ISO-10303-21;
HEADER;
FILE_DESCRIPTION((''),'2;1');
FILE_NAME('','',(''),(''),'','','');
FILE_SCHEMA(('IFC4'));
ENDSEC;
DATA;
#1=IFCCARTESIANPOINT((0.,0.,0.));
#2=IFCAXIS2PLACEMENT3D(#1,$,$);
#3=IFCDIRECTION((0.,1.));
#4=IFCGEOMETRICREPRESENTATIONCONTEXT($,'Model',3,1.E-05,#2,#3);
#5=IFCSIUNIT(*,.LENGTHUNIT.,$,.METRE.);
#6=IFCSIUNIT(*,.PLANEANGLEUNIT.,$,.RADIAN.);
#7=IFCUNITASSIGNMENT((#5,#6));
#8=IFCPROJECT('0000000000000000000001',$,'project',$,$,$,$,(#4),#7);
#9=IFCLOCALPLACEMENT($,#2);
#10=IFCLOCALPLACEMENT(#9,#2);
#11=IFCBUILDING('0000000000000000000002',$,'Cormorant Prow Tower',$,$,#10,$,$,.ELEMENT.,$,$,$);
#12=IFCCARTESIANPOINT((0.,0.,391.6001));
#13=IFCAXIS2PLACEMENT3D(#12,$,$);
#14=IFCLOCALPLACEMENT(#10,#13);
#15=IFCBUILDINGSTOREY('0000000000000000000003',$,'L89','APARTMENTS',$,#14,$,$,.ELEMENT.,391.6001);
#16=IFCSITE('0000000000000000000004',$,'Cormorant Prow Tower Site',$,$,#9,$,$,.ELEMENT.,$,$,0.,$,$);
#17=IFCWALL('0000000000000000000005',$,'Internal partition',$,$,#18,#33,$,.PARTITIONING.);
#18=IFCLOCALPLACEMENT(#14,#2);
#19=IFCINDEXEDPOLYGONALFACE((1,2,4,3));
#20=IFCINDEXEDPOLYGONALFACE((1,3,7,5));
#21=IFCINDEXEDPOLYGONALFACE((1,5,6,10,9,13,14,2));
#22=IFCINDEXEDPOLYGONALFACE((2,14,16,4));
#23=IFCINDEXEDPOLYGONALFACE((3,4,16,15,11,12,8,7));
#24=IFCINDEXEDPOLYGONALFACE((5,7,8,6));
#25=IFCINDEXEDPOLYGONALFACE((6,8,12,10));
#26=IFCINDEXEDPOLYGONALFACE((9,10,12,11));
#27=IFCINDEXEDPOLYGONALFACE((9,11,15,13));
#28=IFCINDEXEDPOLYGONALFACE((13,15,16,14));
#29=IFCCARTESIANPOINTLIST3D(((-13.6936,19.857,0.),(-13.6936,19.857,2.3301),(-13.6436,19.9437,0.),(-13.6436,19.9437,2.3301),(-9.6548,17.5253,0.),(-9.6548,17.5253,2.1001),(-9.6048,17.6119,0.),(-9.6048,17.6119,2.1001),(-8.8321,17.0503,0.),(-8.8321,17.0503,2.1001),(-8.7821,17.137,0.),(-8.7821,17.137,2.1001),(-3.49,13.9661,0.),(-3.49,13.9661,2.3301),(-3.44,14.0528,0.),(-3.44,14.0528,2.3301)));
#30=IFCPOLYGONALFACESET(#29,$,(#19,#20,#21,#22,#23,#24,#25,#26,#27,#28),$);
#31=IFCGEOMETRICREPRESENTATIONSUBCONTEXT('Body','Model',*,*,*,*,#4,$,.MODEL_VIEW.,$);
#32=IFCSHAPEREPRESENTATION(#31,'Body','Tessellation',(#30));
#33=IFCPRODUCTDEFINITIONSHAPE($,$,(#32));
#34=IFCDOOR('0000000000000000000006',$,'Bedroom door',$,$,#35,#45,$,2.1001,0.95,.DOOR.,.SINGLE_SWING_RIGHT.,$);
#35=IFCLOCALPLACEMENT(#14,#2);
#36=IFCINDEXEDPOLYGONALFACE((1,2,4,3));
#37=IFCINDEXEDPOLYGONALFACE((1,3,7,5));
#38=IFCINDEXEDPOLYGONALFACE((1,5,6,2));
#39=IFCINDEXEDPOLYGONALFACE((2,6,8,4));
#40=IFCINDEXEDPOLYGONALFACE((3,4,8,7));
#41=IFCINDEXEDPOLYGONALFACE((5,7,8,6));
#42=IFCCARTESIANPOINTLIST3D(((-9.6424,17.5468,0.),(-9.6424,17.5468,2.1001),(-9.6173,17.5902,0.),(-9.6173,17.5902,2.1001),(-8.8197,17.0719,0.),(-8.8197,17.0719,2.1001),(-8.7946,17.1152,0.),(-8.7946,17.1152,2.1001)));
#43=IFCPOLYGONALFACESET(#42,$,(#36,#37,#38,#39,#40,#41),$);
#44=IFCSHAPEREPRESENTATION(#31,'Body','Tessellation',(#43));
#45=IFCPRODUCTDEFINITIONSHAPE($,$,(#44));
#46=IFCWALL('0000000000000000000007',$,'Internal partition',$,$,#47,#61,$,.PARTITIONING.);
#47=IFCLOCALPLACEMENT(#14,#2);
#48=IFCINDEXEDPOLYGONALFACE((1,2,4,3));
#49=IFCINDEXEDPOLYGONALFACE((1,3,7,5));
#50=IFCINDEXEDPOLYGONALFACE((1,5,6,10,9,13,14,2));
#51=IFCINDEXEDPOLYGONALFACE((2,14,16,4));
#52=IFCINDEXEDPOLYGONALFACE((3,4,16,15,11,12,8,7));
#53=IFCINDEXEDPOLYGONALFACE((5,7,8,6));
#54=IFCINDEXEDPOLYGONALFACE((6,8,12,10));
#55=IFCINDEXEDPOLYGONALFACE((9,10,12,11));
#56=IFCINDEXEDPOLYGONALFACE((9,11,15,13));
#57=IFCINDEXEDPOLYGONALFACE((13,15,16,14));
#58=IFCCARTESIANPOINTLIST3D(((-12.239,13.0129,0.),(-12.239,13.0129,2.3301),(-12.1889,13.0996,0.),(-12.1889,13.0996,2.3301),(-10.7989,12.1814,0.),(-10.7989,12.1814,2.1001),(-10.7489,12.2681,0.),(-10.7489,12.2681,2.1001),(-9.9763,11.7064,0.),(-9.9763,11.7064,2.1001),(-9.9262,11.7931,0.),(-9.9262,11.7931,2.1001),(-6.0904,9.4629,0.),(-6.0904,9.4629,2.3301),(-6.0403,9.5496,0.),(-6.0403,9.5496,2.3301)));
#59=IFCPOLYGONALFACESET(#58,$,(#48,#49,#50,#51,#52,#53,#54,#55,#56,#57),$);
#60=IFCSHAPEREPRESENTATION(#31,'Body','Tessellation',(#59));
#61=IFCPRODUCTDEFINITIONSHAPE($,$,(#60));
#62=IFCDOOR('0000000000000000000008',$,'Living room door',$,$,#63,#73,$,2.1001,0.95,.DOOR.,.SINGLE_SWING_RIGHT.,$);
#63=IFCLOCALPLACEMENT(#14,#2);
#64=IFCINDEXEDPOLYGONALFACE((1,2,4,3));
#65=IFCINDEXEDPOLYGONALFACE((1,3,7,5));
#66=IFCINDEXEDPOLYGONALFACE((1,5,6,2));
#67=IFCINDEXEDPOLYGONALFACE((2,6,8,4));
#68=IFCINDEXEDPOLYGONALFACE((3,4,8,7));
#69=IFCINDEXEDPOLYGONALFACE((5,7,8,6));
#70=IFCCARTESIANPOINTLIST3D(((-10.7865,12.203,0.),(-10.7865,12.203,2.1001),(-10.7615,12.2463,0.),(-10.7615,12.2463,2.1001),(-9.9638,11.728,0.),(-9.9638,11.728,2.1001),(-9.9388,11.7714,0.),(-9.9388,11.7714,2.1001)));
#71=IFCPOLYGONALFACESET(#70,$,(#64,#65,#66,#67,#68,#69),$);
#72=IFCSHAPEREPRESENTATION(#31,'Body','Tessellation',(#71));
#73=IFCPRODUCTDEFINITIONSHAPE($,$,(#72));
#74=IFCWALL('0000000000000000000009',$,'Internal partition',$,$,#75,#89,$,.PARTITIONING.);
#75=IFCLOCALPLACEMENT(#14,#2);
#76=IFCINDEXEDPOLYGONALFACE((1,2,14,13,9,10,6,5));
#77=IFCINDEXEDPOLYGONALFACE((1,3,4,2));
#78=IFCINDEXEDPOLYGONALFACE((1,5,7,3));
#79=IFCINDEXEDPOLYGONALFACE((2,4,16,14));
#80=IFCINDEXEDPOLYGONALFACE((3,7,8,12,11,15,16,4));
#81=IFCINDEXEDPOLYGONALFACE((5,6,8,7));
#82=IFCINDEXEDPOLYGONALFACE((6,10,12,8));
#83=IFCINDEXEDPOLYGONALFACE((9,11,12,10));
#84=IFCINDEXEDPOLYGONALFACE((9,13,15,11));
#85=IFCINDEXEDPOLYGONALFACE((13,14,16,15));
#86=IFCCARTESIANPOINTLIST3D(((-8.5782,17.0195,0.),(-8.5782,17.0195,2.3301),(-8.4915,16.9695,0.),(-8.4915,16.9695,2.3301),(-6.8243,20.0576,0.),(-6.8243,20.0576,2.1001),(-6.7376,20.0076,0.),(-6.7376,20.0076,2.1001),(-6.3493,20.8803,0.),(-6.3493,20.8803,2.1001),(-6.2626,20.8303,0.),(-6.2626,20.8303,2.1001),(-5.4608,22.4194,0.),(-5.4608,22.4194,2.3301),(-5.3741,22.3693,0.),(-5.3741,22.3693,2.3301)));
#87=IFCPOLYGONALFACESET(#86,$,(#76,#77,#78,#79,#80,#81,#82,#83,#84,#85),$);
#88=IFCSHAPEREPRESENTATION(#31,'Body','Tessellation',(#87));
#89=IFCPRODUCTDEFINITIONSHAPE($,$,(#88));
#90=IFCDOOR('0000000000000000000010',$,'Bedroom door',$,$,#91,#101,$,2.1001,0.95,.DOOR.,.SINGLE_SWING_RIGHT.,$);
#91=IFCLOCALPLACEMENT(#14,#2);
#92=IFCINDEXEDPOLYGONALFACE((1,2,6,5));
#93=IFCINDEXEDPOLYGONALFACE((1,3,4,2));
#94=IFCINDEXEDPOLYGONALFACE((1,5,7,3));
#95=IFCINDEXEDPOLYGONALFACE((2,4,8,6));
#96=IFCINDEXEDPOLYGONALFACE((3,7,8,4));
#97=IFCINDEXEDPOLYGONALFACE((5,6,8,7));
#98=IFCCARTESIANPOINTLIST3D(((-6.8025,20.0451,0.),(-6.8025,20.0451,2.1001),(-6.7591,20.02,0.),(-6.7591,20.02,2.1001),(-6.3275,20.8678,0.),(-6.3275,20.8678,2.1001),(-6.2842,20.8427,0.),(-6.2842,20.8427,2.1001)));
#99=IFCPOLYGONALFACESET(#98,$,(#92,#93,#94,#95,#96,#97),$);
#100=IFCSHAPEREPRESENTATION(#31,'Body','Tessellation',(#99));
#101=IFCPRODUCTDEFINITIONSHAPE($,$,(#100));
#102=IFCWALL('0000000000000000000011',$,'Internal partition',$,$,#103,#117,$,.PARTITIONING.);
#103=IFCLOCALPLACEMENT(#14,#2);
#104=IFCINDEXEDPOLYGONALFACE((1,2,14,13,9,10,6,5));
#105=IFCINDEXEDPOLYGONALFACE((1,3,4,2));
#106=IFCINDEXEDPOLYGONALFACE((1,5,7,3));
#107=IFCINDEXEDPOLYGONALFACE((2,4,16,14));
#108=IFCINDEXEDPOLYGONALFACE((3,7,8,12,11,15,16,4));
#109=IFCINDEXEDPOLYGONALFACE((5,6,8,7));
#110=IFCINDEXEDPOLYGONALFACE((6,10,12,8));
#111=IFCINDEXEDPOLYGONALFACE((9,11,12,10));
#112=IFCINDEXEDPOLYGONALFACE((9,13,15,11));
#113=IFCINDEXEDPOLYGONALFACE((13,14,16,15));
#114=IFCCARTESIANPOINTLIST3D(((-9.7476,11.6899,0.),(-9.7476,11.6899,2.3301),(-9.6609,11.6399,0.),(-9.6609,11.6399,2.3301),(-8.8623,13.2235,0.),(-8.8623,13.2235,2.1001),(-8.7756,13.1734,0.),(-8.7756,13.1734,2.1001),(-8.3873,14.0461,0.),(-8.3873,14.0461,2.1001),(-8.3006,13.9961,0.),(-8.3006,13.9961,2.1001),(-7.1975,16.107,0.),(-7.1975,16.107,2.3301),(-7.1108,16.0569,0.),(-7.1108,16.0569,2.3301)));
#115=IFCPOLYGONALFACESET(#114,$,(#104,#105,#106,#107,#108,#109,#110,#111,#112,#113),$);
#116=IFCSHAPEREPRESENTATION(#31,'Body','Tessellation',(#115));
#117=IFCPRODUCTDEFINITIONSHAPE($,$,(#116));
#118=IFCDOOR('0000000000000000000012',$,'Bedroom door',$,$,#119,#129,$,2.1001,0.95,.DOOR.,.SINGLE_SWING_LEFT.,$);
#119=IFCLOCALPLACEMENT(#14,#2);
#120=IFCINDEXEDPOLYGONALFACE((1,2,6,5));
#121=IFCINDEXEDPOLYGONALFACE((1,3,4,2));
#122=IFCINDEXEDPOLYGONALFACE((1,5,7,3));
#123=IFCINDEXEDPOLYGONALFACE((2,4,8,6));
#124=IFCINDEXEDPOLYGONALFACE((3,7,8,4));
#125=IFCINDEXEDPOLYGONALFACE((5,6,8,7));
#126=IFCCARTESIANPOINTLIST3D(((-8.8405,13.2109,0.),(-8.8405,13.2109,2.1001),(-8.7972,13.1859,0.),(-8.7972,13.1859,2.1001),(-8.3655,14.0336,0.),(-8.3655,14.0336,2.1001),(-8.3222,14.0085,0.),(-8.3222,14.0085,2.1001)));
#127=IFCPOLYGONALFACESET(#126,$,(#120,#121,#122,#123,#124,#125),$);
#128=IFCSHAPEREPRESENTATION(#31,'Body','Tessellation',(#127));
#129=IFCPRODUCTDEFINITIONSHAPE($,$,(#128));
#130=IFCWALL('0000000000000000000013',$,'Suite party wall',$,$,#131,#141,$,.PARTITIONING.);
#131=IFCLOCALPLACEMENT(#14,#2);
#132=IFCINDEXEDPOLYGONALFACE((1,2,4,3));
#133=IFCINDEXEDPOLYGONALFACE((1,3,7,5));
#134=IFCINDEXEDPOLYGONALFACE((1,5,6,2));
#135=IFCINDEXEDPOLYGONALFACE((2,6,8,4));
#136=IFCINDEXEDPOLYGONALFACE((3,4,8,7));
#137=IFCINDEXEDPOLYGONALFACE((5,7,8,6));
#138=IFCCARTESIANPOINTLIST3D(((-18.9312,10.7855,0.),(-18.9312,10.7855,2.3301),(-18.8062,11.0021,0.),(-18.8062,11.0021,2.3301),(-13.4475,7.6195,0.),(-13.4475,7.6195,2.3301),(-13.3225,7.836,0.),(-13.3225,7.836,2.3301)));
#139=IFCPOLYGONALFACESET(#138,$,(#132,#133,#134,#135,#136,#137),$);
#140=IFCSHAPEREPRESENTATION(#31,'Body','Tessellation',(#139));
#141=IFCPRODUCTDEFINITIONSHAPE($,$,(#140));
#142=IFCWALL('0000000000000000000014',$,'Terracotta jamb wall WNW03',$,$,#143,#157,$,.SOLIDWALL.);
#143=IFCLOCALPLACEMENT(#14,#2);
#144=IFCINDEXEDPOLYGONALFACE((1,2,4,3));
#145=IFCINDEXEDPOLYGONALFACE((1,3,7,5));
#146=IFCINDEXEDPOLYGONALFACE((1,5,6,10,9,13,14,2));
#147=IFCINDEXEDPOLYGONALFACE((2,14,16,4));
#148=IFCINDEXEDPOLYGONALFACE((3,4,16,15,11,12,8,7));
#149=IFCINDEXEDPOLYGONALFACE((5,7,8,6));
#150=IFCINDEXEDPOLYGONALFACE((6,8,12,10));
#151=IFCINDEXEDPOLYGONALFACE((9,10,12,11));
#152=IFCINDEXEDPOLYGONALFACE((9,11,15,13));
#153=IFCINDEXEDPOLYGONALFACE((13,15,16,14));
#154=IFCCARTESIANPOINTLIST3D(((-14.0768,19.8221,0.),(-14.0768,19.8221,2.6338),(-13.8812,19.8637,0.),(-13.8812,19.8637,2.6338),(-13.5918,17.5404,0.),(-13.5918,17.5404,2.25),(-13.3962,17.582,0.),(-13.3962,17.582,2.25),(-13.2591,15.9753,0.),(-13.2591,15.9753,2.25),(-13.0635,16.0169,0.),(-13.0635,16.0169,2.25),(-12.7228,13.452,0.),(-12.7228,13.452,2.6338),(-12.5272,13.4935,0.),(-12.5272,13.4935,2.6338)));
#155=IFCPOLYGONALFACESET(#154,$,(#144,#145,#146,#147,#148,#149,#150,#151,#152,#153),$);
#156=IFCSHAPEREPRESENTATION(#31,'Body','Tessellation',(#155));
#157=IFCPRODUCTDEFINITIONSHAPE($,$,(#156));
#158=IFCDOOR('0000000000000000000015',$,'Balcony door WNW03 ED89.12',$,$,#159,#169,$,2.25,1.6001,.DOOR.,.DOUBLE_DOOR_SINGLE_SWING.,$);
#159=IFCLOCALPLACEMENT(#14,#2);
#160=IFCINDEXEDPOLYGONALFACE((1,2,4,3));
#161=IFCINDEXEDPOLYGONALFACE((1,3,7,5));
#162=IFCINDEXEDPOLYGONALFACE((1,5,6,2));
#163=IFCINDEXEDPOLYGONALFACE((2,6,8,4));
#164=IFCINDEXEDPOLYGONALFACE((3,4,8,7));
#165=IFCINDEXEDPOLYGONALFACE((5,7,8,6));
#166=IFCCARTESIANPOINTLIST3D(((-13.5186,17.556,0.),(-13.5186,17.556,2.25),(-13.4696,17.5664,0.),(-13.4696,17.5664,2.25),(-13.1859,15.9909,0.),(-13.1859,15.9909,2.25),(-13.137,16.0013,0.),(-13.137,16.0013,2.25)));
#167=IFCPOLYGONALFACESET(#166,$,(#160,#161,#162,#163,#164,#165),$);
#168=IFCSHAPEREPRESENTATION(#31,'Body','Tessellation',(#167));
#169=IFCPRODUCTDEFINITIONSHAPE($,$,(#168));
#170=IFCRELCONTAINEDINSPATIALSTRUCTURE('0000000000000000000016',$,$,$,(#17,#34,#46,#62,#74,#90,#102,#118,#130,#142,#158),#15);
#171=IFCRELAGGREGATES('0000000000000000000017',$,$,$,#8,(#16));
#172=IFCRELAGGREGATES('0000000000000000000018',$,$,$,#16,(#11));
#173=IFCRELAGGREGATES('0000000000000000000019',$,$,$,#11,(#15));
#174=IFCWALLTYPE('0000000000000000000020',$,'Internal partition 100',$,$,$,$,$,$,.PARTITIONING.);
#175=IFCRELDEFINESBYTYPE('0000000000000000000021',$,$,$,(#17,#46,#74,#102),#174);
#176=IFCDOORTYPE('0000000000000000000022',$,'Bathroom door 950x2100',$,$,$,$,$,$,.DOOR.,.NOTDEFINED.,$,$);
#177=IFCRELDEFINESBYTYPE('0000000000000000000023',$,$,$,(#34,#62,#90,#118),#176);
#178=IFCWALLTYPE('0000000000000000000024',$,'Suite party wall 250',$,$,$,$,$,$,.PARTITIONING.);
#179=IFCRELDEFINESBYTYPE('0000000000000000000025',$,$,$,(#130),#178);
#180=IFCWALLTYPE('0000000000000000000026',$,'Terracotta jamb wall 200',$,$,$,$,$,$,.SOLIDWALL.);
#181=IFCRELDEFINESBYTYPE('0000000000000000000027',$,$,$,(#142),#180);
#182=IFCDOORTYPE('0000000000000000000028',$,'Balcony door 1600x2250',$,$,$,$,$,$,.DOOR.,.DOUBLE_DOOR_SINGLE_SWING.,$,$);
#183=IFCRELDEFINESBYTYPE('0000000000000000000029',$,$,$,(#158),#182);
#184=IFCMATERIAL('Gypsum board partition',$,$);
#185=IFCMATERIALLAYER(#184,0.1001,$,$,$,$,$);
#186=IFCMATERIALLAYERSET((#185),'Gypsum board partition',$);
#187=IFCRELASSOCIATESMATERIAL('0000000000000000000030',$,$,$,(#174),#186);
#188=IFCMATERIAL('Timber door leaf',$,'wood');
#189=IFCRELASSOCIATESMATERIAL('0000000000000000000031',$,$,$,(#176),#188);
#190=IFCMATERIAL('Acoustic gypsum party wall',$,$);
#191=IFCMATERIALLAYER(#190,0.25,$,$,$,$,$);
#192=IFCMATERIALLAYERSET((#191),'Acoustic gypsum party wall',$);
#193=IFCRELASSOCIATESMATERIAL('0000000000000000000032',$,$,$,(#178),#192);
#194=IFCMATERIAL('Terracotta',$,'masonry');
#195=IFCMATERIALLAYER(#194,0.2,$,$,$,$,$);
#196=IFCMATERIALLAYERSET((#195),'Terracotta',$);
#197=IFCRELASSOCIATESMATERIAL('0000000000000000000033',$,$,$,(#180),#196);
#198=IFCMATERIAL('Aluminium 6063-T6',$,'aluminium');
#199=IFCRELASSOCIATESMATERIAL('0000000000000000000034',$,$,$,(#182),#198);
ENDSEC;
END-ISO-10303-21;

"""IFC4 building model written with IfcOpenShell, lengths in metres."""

from ifc_helpers import new_model, si_unit, direction, frame, frame_2d, origin, place, context, subcontext, project, spatial, rectangle, extrude, material, layer, layer_set, type_object, element, fill, save


model = new_model("IFC4")

# Units and contexts
model_context = context("Model", 3, precision=1e-05, world=origin(), true_north=direction((0.0, 1.0)))
body_context = subcontext(model_context, "Body", "Model", "MODEL_VIEW")
ifc_project = project(units=[si_unit("LENGTHUNIT", "METRE"), si_unit("PLANEANGLEUNIT", "RADIAN")], contexts=[model_context])

# Site, building, storey
site_placement = place(None, origin())
site = spatial("IfcSite", under=ifc_project, at=site_placement, Name="Cormorant Prow Tower Site", CompositionType="ELEMENT", RefElevation=0.0)
building_placement = place(site_placement, origin())
building = spatial("IfcBuilding", under=site, at=building_placement, Name="Cormorant Prow Tower", CompositionType="ELEMENT")
storey_placement = place(building_placement, frame((0.0, 0.0, 391.6001)))
storey = spatial("IfcBuildingStorey", under=building, at=storey_placement, Name="L89", Description="APARTMENTS", CompositionType="ELEMENT", Elevation=391.6001)

# Walls, openings, doors
ifc_material_1 = material(Name="Gypsum board partition")
ifc_layer_1 = layer(ifc_material_1, 0.1001)
ifc_layer_set_1 = layer_set([ifc_layer_1], Name="Gypsum board partition")
wall_type_1 = type_object("IfcWallType", Name="Internal partition 100", PredefinedType="PARTITIONING", material=ifc_layer_set_1)
wall_1_placement = place(storey_placement, frame((-13.6687, 19.9004, 0.0), z_axis=(0.0, 0.0, 1.0), x_axis=(0.866032, -0.499988, 0.0)))
wall_1 = element("IfcWall", 1, at=wall_1_placement, inside=storey, type_object=wall_type_1, Name="Internal partition", PredefinedType="PARTITIONING", context=body_context, shape_type="SweptSolid", body=[
    extrude(rectangle(XDim=11.782, YDim=0.1001, at=frame_2d((5.8911, 0.0))), origin(), (0.0, 0.0, 1.0), 2.3301),
])
opening_1_placement = place(wall_1_placement, frame((4.6636, 0.0, 0.0)))
opening_1 = element("IfcOpeningElement", 2, at=opening_1_placement, cuts=wall_1, PredefinedType="OPENING", context=body_context, shape_type="SweptSolid", body=[
    extrude(rectangle(XDim=0.95, YDim=2.1001, at=frame_2d((0.4751, 1.05))), frame((0.0, 0.0601, 0.0), z_axis=(0.0, -1.0, 0.0), x_axis=(1.0, 0.0, 0.0)), (0.0, 0.0, 1.0), 0.1201),
])
ifc_material_2 = material(Name="Timber door leaf", Category="wood")
door_type_1 = type_object("IfcDoorType", Name="Bathroom door 950x2100", OperationType="NOTDEFINED", PredefinedType="DOOR", material=ifc_material_2)
door_1_placement = place(opening_1_placement, origin())
door_1 = element("IfcDoor", 3, at=door_1_placement, inside=storey, type_object=door_type_1, Name="Bedroom door", OperationType="SINGLE_SWING_RIGHT", OverallHeight=2.1001, OverallWidth=0.95, PredefinedType="DOOR", context=body_context, shape_type="SweptSolid", body=[
    extrude(rectangle(XDim=0.95, YDim=2.1001, at=frame_2d((0.4751, 1.05))), frame((0.0, 0.0249, 0.0), z_axis=(0.0, -1.0, 0.0), x_axis=(1.0, 0.0, 0.0)), (0.0, 0.0, 1.0), 0.05),
])
fill(opening_1, door_1)
wall_2_placement = place(storey_placement, frame((-12.2139, 13.0562, 0.0), z_axis=(0.0, 0.0, 1.0), x_axis=(0.866019, -0.500011, 0.0)))
wall_2 = element("IfcWall", 4, at=wall_2_placement, inside=storey, type_object=wall_type_1, Name="Internal partition", PredefinedType="PARTITIONING", context=body_context, shape_type="SweptSolid", body=[
    extrude(rectangle(XDim=7.0999, YDim=0.1001, at=frame_2d((3.5498, 0.0))), origin(), (0.0, 0.0, 1.0), 2.3301),
])
opening_2_placement = place(wall_2_placement, frame((1.6626, 0.0, 0.0)))
opening_2 = element("IfcOpeningElement", 5, at=opening_2_placement, cuts=wall_2, PredefinedType="OPENING", context=body_context, shape_type="SweptSolid", body=[
    extrude(rectangle(XDim=0.95, YDim=2.1001, at=frame_2d((0.4751, 1.05))), frame((0.0, 0.0601, 0.0), z_axis=(0.0, -1.0, 0.0), x_axis=(1.0, 0.0, 0.0)), (0.0, 0.0, 1.0), 0.1201),
])
door_2_placement = place(opening_2_placement, origin())
door_2 = element("IfcDoor", 6, at=door_2_placement, inside=storey, type_object=door_type_1, Name="Living room door", OperationType="SINGLE_SWING_RIGHT", OverallHeight=2.1001, OverallWidth=0.95, PredefinedType="DOOR", context=body_context, shape_type="SweptSolid", body=[
    extrude(rectangle(XDim=0.95, YDim=2.1001, at=frame_2d((0.4751, 1.05))), frame((0.0, 0.0249, 0.0), z_axis=(0.0, -1.0, 0.0), x_axis=(1.0, 0.0, 0.0)), (0.0, 0.0, 1.0), 0.05),
])
fill(opening_2, door_2)
wall_3_placement = place(storey_placement, frame((-8.5349, 16.9944, 0.0), z_axis=(0.0, 0.0, 1.0), x_axis=(0.499976, 0.86604, 0.0)))
wall_3 = element("IfcWall", 7, at=wall_3_placement, inside=storey, type_object=wall_type_1, Name="Internal partition", PredefinedType="PARTITIONING", context=body_context, shape_type="SweptSolid", body=[
    extrude(rectangle(XDim=6.2351, YDim=0.1001, at=frame_2d((3.1177, 0.0))), origin(), (0.0, 0.0, 1.0), 2.3301),
])
opening_3_placement = place(wall_3_placement, frame((3.5081, 0.0, 0.0)))
opening_3 = element("IfcOpeningElement", 8, at=opening_3_placement, cuts=wall_3, PredefinedType="OPENING", context=body_context, shape_type="SweptSolid", body=[
    extrude(rectangle(XDim=0.95, YDim=2.1001, at=frame_2d((0.4751, 1.05))), frame((0.0, 0.0601, 0.0), z_axis=(0.0, -1.0, 0.0), x_axis=(1.0, 0.0, 0.0)), (0.0, 0.0, 1.0), 0.1201),
])
door_3_placement = place(opening_3_placement, origin())
door_3 = element("IfcDoor", 9, at=door_3_placement, inside=storey, type_object=door_type_1, Name="Bedroom door", OperationType="SINGLE_SWING_RIGHT", OverallHeight=2.1001, OverallWidth=0.95, PredefinedType="DOOR", context=body_context, shape_type="SweptSolid", body=[
    extrude(rectangle(XDim=0.95, YDim=2.1001, at=frame_2d((0.4751, 1.05))), frame((0.0, 0.0249, 0.0), z_axis=(0.0, -1.0, 0.0), x_axis=(1.0, 0.0, 0.0)), (0.0, 0.0, 1.0), 0.05),
])
fill(opening_3, door_3)
wall_4_placement = place(storey_placement, frame((-9.7043, 11.6648, 0.0), z_axis=(0.0, 0.0, 1.0), x_axis=(0.499985, 0.866034, 0.0)))
wall_4 = element("IfcWall", 10, at=wall_4_placement, inside=storey, type_object=wall_type_1, Name="Internal partition", PredefinedType="PARTITIONING", context=body_context, shape_type="SweptSolid", body=[
    extrude(rectangle(XDim=5.1003, YDim=0.1001, at=frame_2d((2.5503, 0.0))), origin(), (0.0, 0.0, 1.0), 2.3301),
])
opening_4_placement = place(wall_4_placement, frame((1.7708, 0.0, 0.0)))
opening_4 = element("IfcOpeningElement", 11, at=opening_4_placement, cuts=wall_4, PredefinedType="OPENING", context=body_context, shape_type="SweptSolid", body=[
    extrude(rectangle(XDim=0.95, YDim=2.1001, at=frame_2d((0.4751, 1.05))), frame((0.0, 0.0601, 0.0), z_axis=(0.0, -1.0, 0.0), x_axis=(1.0, 0.0, 0.0)), (0.0, 0.0, 1.0), 0.1201),
])
door_4_placement = place(opening_4_placement, origin())
door_4 = element("IfcDoor", 12, at=door_4_placement, inside=storey, type_object=door_type_1, Name="Bedroom door", OperationType="SINGLE_SWING_LEFT", OverallHeight=2.1001, OverallWidth=0.95, PredefinedType="DOOR", context=body_context, shape_type="SweptSolid", body=[
    extrude(rectangle(XDim=0.95, YDim=2.1001, at=frame_2d((0.4751, 1.05))), frame((0.0, 0.0249, 0.0), z_axis=(0.0, -1.0, 0.0), x_axis=(1.0, 0.0, 0.0)), (0.0, 0.0, 1.0), 0.05),
])
fill(opening_4, door_4)

# Wall
ifc_material_3 = material(Name="Acoustic gypsum party wall")
ifc_layer_2 = layer(ifc_material_3, 0.25)
ifc_layer_set_2 = layer_set([ifc_layer_2], Name="Acoustic gypsum party wall")
wall_type_2 = type_object("IfcWallType", Name="Suite party wall 250", PredefinedType="PARTITIONING", material=ifc_layer_set_2)
wall_5_placement = place(storey_placement, frame((-18.8687, 10.8938, 0.0), z_axis=(0.0, 0.0, 1.0), x_axis=(0.866023, -0.500004, 0.0)))
element("IfcWall", 13, at=wall_5_placement, inside=storey, type_object=wall_type_2, Name="Suite party wall", PredefinedType="PARTITIONING", context=body_context, shape_type="SweptSolid", body=[
    extrude(rectangle(XDim=6.332, YDim=0.25, at=frame_2d((3.166, 0.0))), origin(), (0.0, 0.0, 1.0), 2.3301),
])

# Wall, opening, door
ifc_material_4 = material(Name="Terracotta", Category="masonry")
ifc_layer_3 = layer(ifc_material_4, 0.2)
ifc_layer_set_3 = layer_set([ifc_layer_3], Name="Terracotta")
wall_type_3 = type_object("IfcWallType", Name="Terracotta jamb wall 200", PredefinedType="SOLIDWALL", material=ifc_layer_set_3)
wall_6_placement = place(storey_placement, frame((-13.979, 19.843, 0.0), z_axis=(0.0, 0.0, 1.0), x_axis=(0.207911, -0.978148, 0.0)))
wall_6 = element("IfcWall", 14, at=wall_6_placement, inside=storey, type_object=wall_type_3, Name="Terracotta jamb wall WNW03", PredefinedType="SOLIDWALL", context=body_context, shape_type="SweptSolid", body=[
    extrude(rectangle(XDim=6.5125, YDim=0.2, at=frame_2d((3.2563, 0.0))), origin(), (0.0, 0.0, 1.0), 2.6338),
])
opening_5_placement = place(wall_6_placement, frame((2.3328, 0.0, 0.0)))
opening_5 = element("IfcOpeningElement", 15, at=opening_5_placement, cuts=wall_6, PredefinedType="OPENING", context=body_context, shape_type="SweptSolid", body=[
    extrude(rectangle(XDim=1.6001, YDim=2.25, at=frame_2d((0.8, 1.125))), frame((0.0, 0.1099, 0.0), z_axis=(0.0, -1.0, 0.0), x_axis=(1.0, 0.0, 0.0)), (0.0, 0.0, 1.0), 0.22),
])
ifc_material_5 = material(Name="Aluminium 6063-T6", Category="aluminium")
door_type_2 = type_object("IfcDoorType", Name="Balcony door 1600x2250", OperationType="DOUBLE_DOOR_SINGLE_SWING", PredefinedType="DOOR", material=ifc_material_5)
door_5_placement = place(opening_5_placement, origin())
door_5 = element("IfcDoor", 16, at=door_5_placement, inside=storey, type_object=door_type_2, Name="Balcony door WNW03 ED89.12", OperationType="DOUBLE_DOOR_SINGLE_SWING", OverallHeight=2.25, OverallWidth=1.6001, PredefinedType="DOOR", context=body_context, shape_type="SweptSolid", body=[
    extrude(rectangle(XDim=1.6001, YDim=2.25, at=frame_2d((0.8, 1.125))), frame((0.0, 0.0249, 0.0), z_axis=(0.0, -1.0, 0.0), x_axis=(1.0, 0.0, 0.0)), (0.0, 0.0, 1.0), 0.05),
])
fill(opening_5, door_5)

save(model, "model.ifc")
